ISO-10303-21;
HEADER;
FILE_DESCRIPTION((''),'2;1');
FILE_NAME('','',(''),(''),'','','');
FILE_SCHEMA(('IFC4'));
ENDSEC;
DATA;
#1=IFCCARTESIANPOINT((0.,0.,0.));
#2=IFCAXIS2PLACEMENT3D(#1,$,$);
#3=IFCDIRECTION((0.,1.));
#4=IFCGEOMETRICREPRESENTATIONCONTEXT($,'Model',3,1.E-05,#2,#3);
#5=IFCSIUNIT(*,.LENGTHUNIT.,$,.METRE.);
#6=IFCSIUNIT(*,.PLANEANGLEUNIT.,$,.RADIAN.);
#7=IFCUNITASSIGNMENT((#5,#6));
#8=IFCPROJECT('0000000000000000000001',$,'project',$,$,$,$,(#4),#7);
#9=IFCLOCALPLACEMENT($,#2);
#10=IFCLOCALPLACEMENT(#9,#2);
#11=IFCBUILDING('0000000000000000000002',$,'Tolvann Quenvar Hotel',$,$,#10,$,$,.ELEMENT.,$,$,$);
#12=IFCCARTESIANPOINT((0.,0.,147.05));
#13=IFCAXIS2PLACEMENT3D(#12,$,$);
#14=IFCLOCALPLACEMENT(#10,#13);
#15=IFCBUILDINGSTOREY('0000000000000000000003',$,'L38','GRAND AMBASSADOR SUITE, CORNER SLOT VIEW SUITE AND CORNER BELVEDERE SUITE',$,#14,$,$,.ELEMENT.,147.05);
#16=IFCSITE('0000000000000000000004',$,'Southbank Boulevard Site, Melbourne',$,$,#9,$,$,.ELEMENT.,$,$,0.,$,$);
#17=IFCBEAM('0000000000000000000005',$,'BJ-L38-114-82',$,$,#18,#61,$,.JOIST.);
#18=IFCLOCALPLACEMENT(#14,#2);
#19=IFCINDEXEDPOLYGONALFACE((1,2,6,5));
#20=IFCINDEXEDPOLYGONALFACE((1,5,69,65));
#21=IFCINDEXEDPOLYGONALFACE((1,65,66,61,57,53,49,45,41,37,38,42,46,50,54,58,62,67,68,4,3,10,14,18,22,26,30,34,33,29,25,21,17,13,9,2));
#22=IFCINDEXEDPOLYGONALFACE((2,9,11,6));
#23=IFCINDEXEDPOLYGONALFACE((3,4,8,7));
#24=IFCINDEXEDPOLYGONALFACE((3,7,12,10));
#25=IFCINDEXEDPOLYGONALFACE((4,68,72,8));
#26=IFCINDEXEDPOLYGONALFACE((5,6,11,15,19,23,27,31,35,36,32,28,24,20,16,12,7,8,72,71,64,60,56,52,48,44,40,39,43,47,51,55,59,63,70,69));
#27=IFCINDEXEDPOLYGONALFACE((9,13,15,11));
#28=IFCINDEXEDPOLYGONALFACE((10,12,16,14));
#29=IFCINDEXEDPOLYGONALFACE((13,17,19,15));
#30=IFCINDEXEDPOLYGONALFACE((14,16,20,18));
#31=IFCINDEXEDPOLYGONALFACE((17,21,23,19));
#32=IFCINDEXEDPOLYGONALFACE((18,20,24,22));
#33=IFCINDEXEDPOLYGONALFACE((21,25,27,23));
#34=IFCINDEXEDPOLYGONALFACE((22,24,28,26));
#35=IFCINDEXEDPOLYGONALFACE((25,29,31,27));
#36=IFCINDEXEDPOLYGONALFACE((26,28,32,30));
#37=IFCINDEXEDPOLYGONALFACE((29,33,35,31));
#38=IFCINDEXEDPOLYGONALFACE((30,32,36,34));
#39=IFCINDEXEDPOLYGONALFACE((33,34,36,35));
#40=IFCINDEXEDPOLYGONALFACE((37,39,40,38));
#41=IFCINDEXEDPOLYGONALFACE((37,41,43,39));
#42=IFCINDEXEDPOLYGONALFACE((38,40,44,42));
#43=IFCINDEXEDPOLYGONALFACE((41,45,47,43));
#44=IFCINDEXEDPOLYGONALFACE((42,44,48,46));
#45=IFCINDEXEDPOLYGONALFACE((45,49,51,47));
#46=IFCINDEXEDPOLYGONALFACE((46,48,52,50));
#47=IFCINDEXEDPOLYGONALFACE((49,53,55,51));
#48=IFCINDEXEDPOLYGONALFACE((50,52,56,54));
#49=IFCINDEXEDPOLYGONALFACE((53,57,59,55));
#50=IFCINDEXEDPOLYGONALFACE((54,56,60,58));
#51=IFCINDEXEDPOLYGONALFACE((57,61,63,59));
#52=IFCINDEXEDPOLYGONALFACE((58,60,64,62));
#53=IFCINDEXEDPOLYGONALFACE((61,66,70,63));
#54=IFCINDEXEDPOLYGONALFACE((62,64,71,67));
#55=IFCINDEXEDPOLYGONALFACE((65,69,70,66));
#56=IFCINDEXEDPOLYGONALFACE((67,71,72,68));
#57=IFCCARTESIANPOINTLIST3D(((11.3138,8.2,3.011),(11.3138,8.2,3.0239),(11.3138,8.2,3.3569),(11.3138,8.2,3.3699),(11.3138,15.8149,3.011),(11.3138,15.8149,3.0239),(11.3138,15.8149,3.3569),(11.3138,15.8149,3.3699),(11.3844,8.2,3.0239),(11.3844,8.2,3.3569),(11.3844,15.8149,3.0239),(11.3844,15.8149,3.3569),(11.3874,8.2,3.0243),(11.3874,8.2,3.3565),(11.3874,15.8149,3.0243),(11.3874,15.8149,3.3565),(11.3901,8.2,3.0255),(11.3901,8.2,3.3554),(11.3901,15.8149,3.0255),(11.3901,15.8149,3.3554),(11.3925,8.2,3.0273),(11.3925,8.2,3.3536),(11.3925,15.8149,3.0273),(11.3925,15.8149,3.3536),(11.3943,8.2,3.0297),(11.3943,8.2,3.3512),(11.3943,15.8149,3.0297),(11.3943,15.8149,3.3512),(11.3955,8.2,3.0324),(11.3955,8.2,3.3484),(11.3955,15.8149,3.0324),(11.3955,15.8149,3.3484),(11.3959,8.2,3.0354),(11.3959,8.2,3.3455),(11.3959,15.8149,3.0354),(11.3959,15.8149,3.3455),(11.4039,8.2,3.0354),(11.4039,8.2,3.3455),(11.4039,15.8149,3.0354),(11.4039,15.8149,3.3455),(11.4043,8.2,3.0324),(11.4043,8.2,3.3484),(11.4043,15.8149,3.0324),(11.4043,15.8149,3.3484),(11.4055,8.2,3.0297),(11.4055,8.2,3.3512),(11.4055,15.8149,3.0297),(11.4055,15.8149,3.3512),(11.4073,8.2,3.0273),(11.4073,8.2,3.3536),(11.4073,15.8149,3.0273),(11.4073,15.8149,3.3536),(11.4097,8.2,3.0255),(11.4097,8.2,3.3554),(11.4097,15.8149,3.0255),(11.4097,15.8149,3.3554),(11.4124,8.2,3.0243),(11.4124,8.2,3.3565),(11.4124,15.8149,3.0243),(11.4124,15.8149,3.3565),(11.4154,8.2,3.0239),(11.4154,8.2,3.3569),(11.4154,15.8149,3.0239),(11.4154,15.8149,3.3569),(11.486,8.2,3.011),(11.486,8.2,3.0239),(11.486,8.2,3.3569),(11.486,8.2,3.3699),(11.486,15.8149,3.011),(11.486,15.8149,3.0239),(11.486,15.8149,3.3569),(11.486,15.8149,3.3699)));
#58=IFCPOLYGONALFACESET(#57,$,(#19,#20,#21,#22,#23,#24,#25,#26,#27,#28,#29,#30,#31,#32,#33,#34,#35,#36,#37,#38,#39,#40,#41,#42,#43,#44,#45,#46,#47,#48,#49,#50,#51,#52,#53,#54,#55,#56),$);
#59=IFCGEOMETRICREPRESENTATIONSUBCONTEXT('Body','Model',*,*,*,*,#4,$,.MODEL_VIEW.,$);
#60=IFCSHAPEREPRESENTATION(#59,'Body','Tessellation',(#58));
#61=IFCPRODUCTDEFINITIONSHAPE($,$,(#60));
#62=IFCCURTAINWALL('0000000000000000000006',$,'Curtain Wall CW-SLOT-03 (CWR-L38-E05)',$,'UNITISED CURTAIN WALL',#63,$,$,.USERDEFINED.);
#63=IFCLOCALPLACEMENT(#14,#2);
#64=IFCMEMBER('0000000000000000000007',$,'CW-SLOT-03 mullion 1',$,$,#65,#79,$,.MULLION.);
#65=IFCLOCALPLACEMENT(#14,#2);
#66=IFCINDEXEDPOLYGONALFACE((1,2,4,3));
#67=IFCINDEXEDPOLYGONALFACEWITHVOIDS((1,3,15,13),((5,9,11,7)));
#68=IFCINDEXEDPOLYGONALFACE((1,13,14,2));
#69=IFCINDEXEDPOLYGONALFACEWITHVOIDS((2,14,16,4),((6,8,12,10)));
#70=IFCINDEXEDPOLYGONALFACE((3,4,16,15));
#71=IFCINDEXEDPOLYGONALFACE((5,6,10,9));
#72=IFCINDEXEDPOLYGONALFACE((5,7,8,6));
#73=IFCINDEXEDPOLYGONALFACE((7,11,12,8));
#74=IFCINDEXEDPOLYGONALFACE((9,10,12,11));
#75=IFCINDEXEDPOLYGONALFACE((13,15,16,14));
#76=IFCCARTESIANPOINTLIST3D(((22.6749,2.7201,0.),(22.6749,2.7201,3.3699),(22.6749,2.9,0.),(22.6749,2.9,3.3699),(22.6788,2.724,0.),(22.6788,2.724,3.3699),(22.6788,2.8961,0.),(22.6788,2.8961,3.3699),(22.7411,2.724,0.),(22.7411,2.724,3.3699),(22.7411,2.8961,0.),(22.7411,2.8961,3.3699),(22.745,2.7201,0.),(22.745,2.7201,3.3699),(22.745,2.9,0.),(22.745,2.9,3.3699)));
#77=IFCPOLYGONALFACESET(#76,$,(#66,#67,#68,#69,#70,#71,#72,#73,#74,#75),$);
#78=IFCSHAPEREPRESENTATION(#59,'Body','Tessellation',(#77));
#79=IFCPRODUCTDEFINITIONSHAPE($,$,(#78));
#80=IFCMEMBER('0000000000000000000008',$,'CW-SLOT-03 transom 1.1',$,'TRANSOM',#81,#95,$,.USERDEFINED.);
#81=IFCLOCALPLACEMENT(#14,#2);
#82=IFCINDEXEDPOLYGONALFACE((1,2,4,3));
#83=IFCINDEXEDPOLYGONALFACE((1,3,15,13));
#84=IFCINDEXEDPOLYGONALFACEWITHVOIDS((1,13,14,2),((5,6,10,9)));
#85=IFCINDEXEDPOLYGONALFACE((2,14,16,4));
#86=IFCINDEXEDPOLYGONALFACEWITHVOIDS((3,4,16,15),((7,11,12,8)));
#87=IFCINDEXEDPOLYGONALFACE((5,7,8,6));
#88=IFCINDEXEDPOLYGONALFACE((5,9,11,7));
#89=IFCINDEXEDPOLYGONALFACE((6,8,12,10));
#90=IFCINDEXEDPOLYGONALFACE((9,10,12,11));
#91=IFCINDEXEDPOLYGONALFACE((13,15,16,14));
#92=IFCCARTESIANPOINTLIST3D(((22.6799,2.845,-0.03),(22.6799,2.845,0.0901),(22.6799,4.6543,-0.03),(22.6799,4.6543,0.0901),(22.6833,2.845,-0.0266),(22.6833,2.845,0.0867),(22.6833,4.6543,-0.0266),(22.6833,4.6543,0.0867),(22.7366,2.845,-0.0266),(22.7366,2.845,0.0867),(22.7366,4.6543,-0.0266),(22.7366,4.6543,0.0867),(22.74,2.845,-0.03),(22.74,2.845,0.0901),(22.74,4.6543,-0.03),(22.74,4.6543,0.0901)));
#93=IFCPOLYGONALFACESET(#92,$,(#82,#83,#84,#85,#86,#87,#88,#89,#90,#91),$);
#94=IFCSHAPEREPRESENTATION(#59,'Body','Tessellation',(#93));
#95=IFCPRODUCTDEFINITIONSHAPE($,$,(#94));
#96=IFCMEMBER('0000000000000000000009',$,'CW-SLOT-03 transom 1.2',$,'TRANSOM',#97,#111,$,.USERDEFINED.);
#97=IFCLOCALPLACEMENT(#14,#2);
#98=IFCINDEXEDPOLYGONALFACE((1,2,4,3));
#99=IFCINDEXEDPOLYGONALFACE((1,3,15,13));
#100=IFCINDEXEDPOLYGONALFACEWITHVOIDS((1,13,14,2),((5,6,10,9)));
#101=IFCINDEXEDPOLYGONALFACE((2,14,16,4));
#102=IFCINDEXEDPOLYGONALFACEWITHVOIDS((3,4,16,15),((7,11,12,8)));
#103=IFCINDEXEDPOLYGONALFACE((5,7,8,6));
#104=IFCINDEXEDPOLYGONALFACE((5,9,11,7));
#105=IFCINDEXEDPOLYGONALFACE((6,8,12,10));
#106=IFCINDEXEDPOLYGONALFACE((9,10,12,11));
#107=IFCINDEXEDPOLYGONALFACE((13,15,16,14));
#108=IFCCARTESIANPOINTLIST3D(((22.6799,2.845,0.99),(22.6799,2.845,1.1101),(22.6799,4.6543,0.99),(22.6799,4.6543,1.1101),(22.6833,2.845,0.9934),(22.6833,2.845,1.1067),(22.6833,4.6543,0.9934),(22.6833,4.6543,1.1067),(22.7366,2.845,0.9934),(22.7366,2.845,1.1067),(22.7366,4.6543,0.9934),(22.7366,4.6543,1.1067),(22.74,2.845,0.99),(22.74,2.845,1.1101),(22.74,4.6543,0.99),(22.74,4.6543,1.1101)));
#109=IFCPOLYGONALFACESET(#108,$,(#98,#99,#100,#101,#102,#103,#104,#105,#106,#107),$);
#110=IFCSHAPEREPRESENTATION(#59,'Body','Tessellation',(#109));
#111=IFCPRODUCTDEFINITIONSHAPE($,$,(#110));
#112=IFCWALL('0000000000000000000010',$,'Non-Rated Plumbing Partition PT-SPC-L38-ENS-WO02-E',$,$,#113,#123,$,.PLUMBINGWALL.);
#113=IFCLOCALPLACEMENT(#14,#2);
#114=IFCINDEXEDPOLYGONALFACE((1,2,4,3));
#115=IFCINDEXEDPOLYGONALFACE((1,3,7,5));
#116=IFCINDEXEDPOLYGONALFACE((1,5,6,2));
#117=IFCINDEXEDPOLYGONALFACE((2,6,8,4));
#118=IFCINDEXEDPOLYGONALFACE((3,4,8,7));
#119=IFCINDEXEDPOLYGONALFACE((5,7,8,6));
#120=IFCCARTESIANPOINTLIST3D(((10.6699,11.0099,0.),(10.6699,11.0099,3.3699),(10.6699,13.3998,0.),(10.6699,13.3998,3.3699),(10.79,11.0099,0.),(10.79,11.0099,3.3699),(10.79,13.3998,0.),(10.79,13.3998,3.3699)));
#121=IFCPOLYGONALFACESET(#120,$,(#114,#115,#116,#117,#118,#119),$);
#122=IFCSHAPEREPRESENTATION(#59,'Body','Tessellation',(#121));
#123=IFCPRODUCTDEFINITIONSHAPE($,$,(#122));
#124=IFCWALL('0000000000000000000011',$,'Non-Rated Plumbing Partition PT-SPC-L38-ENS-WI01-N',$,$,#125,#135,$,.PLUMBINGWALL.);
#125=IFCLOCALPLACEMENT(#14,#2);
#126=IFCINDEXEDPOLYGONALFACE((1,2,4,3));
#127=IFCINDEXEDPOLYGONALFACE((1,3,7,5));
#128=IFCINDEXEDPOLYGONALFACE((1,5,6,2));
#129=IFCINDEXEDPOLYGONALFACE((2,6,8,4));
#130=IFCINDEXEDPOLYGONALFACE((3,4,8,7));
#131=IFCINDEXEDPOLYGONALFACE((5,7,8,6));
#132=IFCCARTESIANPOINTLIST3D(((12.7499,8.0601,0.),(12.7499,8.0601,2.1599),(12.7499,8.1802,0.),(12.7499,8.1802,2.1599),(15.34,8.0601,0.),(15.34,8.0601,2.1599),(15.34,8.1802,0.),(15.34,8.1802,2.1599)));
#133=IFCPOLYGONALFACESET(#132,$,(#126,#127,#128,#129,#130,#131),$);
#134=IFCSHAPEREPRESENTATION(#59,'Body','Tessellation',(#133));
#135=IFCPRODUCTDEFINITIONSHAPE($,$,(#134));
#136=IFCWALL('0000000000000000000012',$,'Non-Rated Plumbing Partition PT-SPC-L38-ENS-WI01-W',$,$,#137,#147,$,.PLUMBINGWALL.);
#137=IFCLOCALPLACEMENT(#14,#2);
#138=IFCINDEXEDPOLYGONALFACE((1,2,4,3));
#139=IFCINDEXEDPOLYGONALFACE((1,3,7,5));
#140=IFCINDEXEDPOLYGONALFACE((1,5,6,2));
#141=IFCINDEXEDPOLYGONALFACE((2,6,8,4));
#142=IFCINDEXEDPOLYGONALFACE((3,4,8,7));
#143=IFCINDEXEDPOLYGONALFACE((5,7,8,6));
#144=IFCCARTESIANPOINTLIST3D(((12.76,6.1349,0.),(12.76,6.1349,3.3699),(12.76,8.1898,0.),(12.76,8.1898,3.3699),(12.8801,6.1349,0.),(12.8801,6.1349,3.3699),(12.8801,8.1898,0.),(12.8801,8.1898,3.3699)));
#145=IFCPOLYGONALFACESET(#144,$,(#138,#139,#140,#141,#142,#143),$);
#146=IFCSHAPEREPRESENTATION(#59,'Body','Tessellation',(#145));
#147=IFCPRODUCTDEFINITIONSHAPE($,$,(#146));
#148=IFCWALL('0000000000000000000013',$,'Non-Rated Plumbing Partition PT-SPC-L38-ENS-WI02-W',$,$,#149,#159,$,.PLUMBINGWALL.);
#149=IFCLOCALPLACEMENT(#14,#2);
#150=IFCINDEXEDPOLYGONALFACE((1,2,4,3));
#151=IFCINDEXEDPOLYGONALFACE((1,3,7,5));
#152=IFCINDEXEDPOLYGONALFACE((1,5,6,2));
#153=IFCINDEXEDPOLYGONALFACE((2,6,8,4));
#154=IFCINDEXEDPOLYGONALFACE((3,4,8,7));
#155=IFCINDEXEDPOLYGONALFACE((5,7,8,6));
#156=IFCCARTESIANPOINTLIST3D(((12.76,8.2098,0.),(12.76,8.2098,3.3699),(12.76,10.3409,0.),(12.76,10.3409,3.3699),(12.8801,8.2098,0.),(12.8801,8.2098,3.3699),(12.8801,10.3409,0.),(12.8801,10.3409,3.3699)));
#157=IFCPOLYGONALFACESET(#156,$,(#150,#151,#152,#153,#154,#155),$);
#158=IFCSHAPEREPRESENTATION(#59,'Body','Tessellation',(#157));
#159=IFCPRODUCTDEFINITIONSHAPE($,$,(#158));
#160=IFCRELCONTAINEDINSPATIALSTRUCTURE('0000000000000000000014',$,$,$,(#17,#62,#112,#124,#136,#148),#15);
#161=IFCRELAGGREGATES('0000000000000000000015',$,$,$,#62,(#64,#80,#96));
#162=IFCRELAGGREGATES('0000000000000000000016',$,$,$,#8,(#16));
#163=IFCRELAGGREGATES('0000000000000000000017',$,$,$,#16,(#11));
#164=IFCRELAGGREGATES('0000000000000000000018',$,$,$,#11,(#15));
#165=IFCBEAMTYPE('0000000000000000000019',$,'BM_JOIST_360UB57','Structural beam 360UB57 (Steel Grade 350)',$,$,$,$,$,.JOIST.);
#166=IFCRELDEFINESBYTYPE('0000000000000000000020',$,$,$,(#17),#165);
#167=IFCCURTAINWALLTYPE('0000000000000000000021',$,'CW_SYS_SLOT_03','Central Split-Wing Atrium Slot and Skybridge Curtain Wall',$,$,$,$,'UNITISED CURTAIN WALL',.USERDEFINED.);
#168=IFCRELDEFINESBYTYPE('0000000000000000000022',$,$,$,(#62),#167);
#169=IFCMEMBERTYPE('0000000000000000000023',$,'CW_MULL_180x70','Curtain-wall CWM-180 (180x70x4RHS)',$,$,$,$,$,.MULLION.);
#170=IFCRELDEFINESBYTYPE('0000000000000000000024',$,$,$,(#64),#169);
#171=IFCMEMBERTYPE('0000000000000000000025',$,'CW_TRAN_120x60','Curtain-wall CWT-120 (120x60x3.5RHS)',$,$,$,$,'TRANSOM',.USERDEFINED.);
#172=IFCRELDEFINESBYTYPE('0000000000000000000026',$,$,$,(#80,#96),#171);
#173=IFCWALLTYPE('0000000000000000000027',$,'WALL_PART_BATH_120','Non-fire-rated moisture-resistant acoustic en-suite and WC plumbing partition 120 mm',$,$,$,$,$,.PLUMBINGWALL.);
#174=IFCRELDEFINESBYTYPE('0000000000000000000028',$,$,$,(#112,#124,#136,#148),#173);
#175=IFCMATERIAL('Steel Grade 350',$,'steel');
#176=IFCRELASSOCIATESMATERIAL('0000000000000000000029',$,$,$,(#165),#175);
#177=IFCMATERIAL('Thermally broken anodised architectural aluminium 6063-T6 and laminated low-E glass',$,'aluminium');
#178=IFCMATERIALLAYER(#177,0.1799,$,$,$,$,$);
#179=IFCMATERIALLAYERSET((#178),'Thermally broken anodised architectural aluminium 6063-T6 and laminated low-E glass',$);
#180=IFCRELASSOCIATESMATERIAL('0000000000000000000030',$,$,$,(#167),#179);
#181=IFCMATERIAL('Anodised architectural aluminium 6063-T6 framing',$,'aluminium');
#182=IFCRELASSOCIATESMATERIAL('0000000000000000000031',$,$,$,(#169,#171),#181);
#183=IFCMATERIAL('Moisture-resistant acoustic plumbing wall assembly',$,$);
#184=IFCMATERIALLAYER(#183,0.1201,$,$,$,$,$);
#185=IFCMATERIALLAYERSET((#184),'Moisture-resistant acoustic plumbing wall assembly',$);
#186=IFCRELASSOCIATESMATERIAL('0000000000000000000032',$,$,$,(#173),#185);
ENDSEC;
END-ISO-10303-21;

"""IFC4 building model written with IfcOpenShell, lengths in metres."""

from ifc_helpers import new_model, si_unit, direction, frame, frame_2d, origin, origin_2d, place, context, subcontext, project, spatial, rectangle, hollow_rectangle, i_section, extrude, source, transform, mapped, material, layer, layer_set, material_profile, profile_set, type_object, type_shapes, element, aggregate, save


model = new_model("IFC4")

# Units and contexts
model_context = context("Model", 3, precision=1e-05, world=origin(), true_north=direction((0.0, 1.0)))
body_context = subcontext(model_context, "Body", "Model", "MODEL_VIEW")
ifc_project = project(units=[si_unit("LENGTHUNIT", "METRE"), si_unit("PLANEANGLEUNIT", "RADIAN")], contexts=[model_context])

# Site, building, storey
site_placement = place(None, origin())
site = spatial("IfcSite", under=ifc_project, at=site_placement, Name="Southbank Boulevard Site, Melbourne", CompositionType="ELEMENT", RefElevation=0.0)
building_placement = place(site_placement, origin())
building = spatial("IfcBuilding", under=site, at=building_placement, Name="Tolvann Quenvar Hotel", CompositionType="ELEMENT")
storey_placement = place(building_placement, frame((0.0, 0.0, 147.05)))
storey = spatial("IfcBuildingStorey", under=building, at=storey_placement, Name="L38", Description="GRAND AMBASSADOR SUITE, CORNER SLOT VIEW SUITE AND CORNER BELVEDERE SUITE", CompositionType="ELEMENT", Elevation=147.05)

# Shared definitions
ifc_material_1 = material(Name="Steel Grade 350", Category="steel")

# Beam
ifc_material_profile_1 = material_profile(ifc_material_1, i_section(OverallWidth=0.1721, OverallDepth=0.3589, WebThickness=0.0081, FlangeThickness=0.0129, FilletRadius=0.0115, at=origin_2d()), Name="360UB57")
ifc_profile_set_1 = profile_set([ifc_material_profile_1], Name="Steel Grade 350")
beam_type_1 = type_object("IfcBeamType", Name="BM_JOIST_360UB57", Description="Structural beam 360UB57 (Steel Grade 350)", PredefinedType="JOIST", material=ifc_profile_set_1)
shared_shape_1 = source(origin(), body_context, "Body", "SweptSolid", [
    extrude(i_section(OverallWidth=0.1721, OverallDepth=0.3589, WebThickness=0.0081, FlangeThickness=0.0129, FilletRadius=0.0115, at=origin_2d()), origin(), (0.0, 0.0, 1.0), 7.615),
])
type_shapes(beam_type_1, [shared_shape_1])
beam_placement = place(storey_placement, frame((11.3999, 8.2, 3.1904), z_axis=(0.0, 1.0, 0.0), x_axis=(-1.0, 0.0, 0.0)))
element("IfcBeam", 1, at=beam_placement, inside=storey, type_object=beam_type_1, Name="BJ-L38-114-82", PredefinedType="JOIST", context=body_context, shape_type="MappedRepresentation", body=[
    mapped(shared_shape_1, transform((0.0, 0.0, 0.0), x_axis=(1.0, 0.0, 0.0), y_axis=(0.0, 1.0, 0.0), z_axis=(0.0, 0.0, 1.0), scale=1.0)),
])

# Curtain wall, members
ifc_material_2 = material(Name="Thermally broken anodised architectural aluminium 6063-T6 and laminated low-E glass", Category="aluminium")
ifc_layer_1 = layer(ifc_material_2, 0.1799)
ifc_layer_set_1 = layer_set([ifc_layer_1], Name="Thermally broken anodised architectural aluminium 6063-T6 and laminated low-E glass")
curtain_wall_type = type_object("IfcCurtainWallType", Name="CW_SYS_SLOT_03", Description="Central Split-Wing Atrium Slot and Skybridge Curtain Wall", ElementType="UNITISED CURTAIN WALL", PredefinedType="USERDEFINED", material=ifc_layer_set_1)
curtain_wall_placement = place(storey_placement, origin())
curtain_wall = element("IfcCurtainWall", 2, at=curtain_wall_placement, inside=storey, type_object=curtain_wall_type, Name="Curtain Wall CW-SLOT-03 (CWR-L38-E05)", ObjectType="UNITISED CURTAIN WALL", PredefinedType="USERDEFINED")
ifc_material_3 = material(Name="Anodised architectural aluminium 6063-T6 framing", Category="aluminium")
ifc_material_profile_2 = material_profile(ifc_material_3, hollow_rectangle(XDim=0.0701, YDim=0.1799, WallThickness=0.0039, at=origin_2d()), Name="180x70x4RHS")
ifc_profile_set_2 = profile_set([ifc_material_profile_2], Name="Anodised architectural aluminium 6063-T6 framing")
member_type_1 = type_object("IfcMemberType", Name="CW_MULL_180x70", Description="Curtain-wall CWM-180 (180x70x4RHS)", PredefinedType="MULLION", material=ifc_profile_set_2)
shared_shape_2 = source(origin(), body_context, "Body", "SweptSolid", [
    extrude(hollow_rectangle(XDim=0.0701, YDim=0.1799, WallThickness=0.0039, at=origin_2d()), origin(), (0.0, 0.0, 1.0), 3.3699),
])
type_shapes(member_type_1, [shared_shape_2])
member_1_placement = place(storey_placement, frame((22.71, 2.8101, 0.0), z_axis=(0.0, 0.0, 1.0), x_axis=(-1.0, 0.0, 0.0)))
member_1 = element("IfcMember", 3, at=member_1_placement, type_object=member_type_1, Name="CW-SLOT-03 mullion 1", PredefinedType="MULLION", context=body_context, shape_type="MappedRepresentation", body=[
    mapped(shared_shape_2, transform((0.0, 0.0, 0.0), x_axis=(1.0, 0.0, 0.0), y_axis=(0.0, 1.0, 0.0), z_axis=(0.0, 0.0, 1.0), scale=1.0)),
])
ifc_material_profile_3 = material_profile(ifc_material_3, hollow_rectangle(XDim=0.0601, YDim=0.1201, WallThickness=0.0034, at=origin_2d()), Name="120x60x3.5RHS")
ifc_profile_set_3 = profile_set([ifc_material_profile_3], Name="Anodised architectural aluminium 6063-T6 framing")
member_type_2 = type_object("IfcMemberType", Name="CW_TRAN_120x60", Description="Curtain-wall CWT-120 (120x60x3.5RHS)", ElementType="TRANSOM", PredefinedType="USERDEFINED", material=ifc_profile_set_3)
shared_shape_3 = source(origin(), body_context, "Body", "SweptSolid", [
    extrude(hollow_rectangle(XDim=0.0601, YDim=0.1201, WallThickness=0.0034, at=origin_2d()), origin(), (0.0, 0.0, 1.0), 1.8093),
])
type_shapes(member_type_2, [shared_shape_3])
member_2_placement = place(storey_placement, frame((22.71, 2.845, 0.03), z_axis=(0.0, 1.0, 0.0), x_axis=(-1.0, 0.0, 0.0)))
member_2 = element("IfcMember", 4, at=member_2_placement, type_object=member_type_2, Name="CW-SLOT-03 transom 1.1", ObjectType="TRANSOM", PredefinedType="USERDEFINED", context=body_context, shape_type="MappedRepresentation", body=[
    mapped(shared_shape_3, transform((0.0, 0.0, 0.0), x_axis=(1.0, 0.0, 0.0), y_axis=(0.0, 1.0, 0.0), z_axis=(0.0, 0.0, 1.0), scale=1.0)),
])
member_3_placement = place(storey_placement, frame((22.71, 2.845, 1.05), z_axis=(0.0, 1.0, 0.0), x_axis=(-1.0, 0.0, 0.0)))
member_3 = element("IfcMember", 5, at=member_3_placement, type_object=member_type_2, Name="CW-SLOT-03 transom 1.2", ObjectType="TRANSOM", PredefinedType="USERDEFINED", context=body_context, shape_type="MappedRepresentation", body=[
    mapped(shared_shape_3, transform((0.0, 0.0, 0.0), x_axis=(1.0, 0.0, 0.0), y_axis=(0.0, 1.0, 0.0), z_axis=(0.0, 0.0, 1.0), scale=1.0)),
])
aggregate(curtain_wall, [member_1, member_2, member_3])

# Walls
ifc_material_4 = material(Name="Moisture-resistant acoustic plumbing wall assembly")
ifc_layer_2 = layer(ifc_material_4, 0.1201)
ifc_layer_set_2 = layer_set([ifc_layer_2], Name="Moisture-resistant acoustic plumbing wall assembly")
wall_type_1 = type_object("IfcWallType", Name="WALL_PART_BATH_120", Description="Non-fire-rated moisture-resistant acoustic en-suite and WC plumbing partition 120 mm", PredefinedType="PLUMBINGWALL", material=ifc_layer_set_2)
wall_1_placement = place(storey_placement, frame((10.73, 11.01, 0.0), z_axis=(0.0, 0.0, 1.0), x_axis=(0.0, 1.0, 0.0)))
element("IfcWall", 6, at=wall_1_placement, inside=storey, type_object=wall_type_1, Name="Non-Rated Plumbing Partition PT-SPC-L38-ENS-WO02-E", PredefinedType="PLUMBINGWALL", context=body_context, shape_type="SweptSolid", body=[
    extrude(rectangle(XDim=2.3899, YDim=0.1201, at=frame_2d((1.1948, 0.0))), origin(), (0.0, 0.0, 1.0), 3.3699),
])
wall_2_placement = place(storey_placement, frame((12.75, 8.1201, 0.0), z_axis=(0.0, 0.0, 1.0), x_axis=(1.0, 0.0, 0.0)))
element("IfcWall", 7, at=wall_2_placement, inside=storey, type_object=wall_type_1, Name="Non-Rated Plumbing Partition PT-SPC-L38-ENS-WI01-N", PredefinedType="PLUMBINGWALL", context=body_context, shape_type="SweptSolid", body=[
    extrude(rectangle(XDim=2.5901, YDim=0.1201, at=frame_2d((1.2949, 0.0))), origin(), (0.0, 0.0, 1.0), 2.1599),
])
wall_3_placement = place(storey_placement, frame((12.8201, 6.135, 0.0), z_axis=(0.0, 0.0, 1.0), x_axis=(0.0, 1.0, 0.0)))
element("IfcWall", 8, at=wall_3_placement, inside=storey, type_object=wall_type_1, Name="Non-Rated Plumbing Partition PT-SPC-L38-ENS-WI01-W", PredefinedType="PLUMBINGWALL", context=body_context, shape_type="SweptSolid", body=[
    extrude(rectangle(XDim=2.0549, YDim=0.1201, at=frame_2d((1.0273, 0.0))), origin(), (0.0, 0.0, 1.0), 3.3699),
])
wall_4_placement = place(storey_placement, frame((12.8201, 8.21, 0.0), z_axis=(0.0, 0.0, 1.0), x_axis=(0.0, 1.0, 0.0)))
element("IfcWall", 9, at=wall_4_placement, inside=storey, type_object=wall_type_1, Name="Non-Rated Plumbing Partition PT-SPC-L38-ENS-WI02-W", PredefinedType="PLUMBINGWALL", context=body_context, shape_type="SweptSolid", body=[
    extrude(rectangle(XDim=2.1311, YDim=0.1201, at=frame_2d((1.0654, 0.0))), origin(), (0.0, 0.0, 1.0), 3.3699),
])

save(model, "model.ifc")
